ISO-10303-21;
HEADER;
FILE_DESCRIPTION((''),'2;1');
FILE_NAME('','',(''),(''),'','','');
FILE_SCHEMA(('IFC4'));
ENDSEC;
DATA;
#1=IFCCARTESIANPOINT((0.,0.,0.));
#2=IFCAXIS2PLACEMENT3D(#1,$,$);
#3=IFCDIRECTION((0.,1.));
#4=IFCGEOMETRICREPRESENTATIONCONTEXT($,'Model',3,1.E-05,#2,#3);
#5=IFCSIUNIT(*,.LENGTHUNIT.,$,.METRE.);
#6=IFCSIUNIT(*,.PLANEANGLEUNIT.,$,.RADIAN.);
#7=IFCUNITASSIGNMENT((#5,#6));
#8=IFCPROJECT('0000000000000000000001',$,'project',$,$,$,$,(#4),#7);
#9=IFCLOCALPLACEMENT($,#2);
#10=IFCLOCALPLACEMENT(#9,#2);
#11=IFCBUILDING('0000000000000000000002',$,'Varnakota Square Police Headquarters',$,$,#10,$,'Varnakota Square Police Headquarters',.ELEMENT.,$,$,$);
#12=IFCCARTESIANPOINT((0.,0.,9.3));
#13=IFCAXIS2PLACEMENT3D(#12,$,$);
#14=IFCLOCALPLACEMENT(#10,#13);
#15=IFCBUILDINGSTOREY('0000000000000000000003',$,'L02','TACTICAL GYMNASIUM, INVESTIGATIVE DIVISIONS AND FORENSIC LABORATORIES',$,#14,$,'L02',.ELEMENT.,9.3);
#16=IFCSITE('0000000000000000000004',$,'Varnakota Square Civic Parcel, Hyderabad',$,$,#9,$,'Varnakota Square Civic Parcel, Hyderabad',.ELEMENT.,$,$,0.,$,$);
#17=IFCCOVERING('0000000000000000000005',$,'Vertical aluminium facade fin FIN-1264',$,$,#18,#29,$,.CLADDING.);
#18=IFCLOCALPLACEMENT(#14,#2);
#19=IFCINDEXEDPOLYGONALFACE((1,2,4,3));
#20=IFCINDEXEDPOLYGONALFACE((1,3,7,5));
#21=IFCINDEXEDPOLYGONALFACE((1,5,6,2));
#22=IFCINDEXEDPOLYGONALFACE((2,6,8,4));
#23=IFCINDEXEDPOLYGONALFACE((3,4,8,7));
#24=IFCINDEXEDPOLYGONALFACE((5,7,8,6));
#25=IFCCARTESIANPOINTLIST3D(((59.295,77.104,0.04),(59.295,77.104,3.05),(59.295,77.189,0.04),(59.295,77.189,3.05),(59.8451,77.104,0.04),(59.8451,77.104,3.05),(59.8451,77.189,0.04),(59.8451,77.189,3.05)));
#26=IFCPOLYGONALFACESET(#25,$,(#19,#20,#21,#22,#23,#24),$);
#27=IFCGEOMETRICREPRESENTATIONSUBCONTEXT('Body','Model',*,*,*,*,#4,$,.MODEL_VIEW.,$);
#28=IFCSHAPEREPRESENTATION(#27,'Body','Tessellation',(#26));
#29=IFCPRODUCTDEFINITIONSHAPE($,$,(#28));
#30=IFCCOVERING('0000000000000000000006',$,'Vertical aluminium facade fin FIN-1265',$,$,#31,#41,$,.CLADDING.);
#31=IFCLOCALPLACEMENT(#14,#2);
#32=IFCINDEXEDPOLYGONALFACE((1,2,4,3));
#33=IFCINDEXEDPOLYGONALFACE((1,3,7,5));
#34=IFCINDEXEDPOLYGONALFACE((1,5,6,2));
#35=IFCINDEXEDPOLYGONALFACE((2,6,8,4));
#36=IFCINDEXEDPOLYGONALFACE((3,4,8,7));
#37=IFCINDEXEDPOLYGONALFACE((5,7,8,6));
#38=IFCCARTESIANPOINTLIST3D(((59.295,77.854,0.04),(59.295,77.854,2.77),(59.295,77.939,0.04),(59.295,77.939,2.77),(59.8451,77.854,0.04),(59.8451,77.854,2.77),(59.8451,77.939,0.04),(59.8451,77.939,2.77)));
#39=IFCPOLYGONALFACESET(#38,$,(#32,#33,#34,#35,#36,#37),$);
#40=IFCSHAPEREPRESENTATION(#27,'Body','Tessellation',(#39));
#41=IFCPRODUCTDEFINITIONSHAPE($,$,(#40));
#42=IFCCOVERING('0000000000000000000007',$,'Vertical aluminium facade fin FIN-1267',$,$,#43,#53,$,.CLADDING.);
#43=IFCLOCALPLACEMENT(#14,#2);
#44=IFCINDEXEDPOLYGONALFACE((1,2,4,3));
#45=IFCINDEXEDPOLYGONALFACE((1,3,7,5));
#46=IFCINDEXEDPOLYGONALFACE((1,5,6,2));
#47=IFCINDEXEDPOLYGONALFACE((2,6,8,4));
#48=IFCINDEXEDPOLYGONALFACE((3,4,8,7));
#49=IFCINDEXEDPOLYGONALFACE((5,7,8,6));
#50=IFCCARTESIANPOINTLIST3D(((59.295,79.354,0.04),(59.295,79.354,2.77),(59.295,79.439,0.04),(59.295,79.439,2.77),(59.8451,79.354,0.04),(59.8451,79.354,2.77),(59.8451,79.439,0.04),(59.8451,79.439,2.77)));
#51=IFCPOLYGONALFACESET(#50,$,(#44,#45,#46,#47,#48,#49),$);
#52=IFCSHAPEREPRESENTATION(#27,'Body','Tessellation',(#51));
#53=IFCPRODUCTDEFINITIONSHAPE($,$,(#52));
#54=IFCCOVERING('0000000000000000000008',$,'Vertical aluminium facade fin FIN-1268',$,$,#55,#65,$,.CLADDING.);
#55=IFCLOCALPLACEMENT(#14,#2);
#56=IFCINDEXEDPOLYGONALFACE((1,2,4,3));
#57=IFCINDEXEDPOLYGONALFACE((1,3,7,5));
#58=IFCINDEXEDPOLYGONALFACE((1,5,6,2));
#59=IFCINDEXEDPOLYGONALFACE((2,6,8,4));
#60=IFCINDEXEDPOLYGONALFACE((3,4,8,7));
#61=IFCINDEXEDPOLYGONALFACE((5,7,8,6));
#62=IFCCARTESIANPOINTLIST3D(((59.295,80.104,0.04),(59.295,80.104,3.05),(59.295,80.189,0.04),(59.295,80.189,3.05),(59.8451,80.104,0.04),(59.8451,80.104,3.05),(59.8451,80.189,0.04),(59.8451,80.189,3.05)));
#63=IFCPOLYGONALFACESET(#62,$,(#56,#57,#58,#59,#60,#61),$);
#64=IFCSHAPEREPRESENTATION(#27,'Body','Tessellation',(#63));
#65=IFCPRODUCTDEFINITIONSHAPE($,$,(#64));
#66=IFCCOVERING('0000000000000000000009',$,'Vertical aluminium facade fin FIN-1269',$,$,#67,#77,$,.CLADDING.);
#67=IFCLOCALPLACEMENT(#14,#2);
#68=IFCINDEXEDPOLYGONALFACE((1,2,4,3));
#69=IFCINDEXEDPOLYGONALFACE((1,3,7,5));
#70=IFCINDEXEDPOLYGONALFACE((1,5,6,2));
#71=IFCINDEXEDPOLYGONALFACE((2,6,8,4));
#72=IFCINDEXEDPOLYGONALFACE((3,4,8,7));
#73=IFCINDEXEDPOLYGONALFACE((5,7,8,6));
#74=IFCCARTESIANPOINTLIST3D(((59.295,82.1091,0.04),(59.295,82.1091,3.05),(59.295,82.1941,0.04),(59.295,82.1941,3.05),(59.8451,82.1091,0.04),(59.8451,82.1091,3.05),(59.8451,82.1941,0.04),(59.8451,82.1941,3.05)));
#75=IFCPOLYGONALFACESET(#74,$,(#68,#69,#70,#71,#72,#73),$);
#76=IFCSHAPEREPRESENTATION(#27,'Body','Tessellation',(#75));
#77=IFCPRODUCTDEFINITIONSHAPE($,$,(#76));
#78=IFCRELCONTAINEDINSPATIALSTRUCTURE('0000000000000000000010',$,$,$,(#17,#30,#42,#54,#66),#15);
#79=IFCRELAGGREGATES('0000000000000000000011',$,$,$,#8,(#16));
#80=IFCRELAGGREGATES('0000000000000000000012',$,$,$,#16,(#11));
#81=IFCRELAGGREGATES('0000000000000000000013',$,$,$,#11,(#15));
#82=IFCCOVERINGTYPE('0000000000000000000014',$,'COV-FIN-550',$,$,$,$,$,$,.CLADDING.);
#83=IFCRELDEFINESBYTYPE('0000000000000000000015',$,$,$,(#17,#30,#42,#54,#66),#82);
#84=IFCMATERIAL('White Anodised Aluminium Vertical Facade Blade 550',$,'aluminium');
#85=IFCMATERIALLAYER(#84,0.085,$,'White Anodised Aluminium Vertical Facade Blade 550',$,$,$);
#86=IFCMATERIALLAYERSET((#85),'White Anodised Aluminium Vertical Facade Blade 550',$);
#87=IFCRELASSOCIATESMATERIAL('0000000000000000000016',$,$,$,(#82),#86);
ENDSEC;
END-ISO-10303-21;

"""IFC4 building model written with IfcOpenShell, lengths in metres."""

from ifc_helpers import new_model, si_unit, direction, frame, origin, origin_2d, place, context, subcontext, project, spatial, rectangle, extrude, material, layer, layer_set, type_object, element, save


model = new_model("IFC4")

# Units and contexts
model_context = context("Model", 3, precision=1e-05, world=origin(), true_north=direction((0.0, 1.0)))
body_context = subcontext(model_context, "Body", "Model", "MODEL_VIEW")
ifc_project = project(units=[si_unit("LENGTHUNIT", "METRE"), si_unit("PLANEANGLEUNIT", "RADIAN")], contexts=[model_context])

# Site, building, storey
site_placement = place(None, origin())
site = spatial("IfcSite", under=ifc_project, at=site_placement, Name="Varnakota Square Civic Parcel, Hyderabad", LongName="Varnakota Square Civic Parcel, Hyderabad", CompositionType="ELEMENT", RefElevation=0.0)
building_placement = place(site_placement, origin())
building = spatial("IfcBuilding", under=site, at=building_placement, Name="Varnakota Square Police Headquarters", LongName="Varnakota Square Police Headquarters", CompositionType="ELEMENT")
storey_placement = place(building_placement, frame((0.0, 0.0, 9.3)))
storey = spatial("IfcBuildingStorey", under=building, at=storey_placement, Name="L02", Description="TACTICAL GYMNASIUM, INVESTIGATIVE DIVISIONS AND FORENSIC LABORATORIES", LongName="L02", CompositionType="ELEMENT", Elevation=9.3)

# Coverings
ifc_material_1 = material(Name="White Anodised Aluminium Vertical Facade Blade 550", Category="aluminium")
ifc_layer_1 = layer(ifc_material_1, 0.085, Name="White Anodised Aluminium Vertical Facade Blade 550")
ifc_layer_set_1 = layer_set([ifc_layer_1], Name="White Anodised Aluminium Vertical Facade Blade 550")
covering_type_1 = type_object("IfcCoveringType", Name="COV-FIN-550", PredefinedType="CLADDING", material=ifc_layer_set_1)
for number, where, z_axis, x_axis, name in (
    (1, (59.5701, 77.1465, 0.04), (0.0, 0.0, 1.0), (0.0, 1.0, 0.0), "Vertical aluminium facade fin FIN-1264"),
):
    element("IfcCovering", number, at=place(storey_placement, frame(where, z_axis=z_axis, x_axis=x_axis)), inside=storey, type_object=covering_type_1, Name=name, PredefinedType="CLADDING", context=body_context, shape_type="SweptSolid", body=[
        extrude(rectangle(XDim=0.085, YDim=0.55, at=origin_2d()), origin(), (0.0, 0.0, 1.0), 3.01),
    ])
for number, where, z_axis, x_axis, name in (
    (2, (59.5701, 77.8965, 0.04), (0.0, 0.0, 1.0), (0.0, 1.0, 0.0), "Vertical aluminium facade fin FIN-1265"),
    (3, (59.5701, 79.3965, 0.04), (0.0, 0.0, 1.0), (0.0, 1.0, 0.0), "Vertical aluminium facade fin FIN-1267"),
):
    element("IfcCovering", number, at=place(storey_placement, frame(where, z_axis=z_axis, x_axis=x_axis)), inside=storey, type_object=covering_type_1, Name=name, PredefinedType="CLADDING", context=body_context, shape_type="SweptSolid", body=[
        extrude(rectangle(XDim=0.085, YDim=0.55, at=origin_2d()), origin(), (0.0, 0.0, 1.0), 2.73),
    ])
for number, where, z_axis, x_axis, name in (
    (4, (59.5701, 80.1465, 0.04), (0.0, 0.0, 1.0), (0.0, 1.0, 0.0), "Vertical aluminium facade fin FIN-1268"),
    (5, (59.5701, 82.1516, 0.04), (0.0, 0.0, 1.0), (0.0, 1.0, 0.0), "Vertical aluminium facade fin FIN-1269"),
):
    element("IfcCovering", number, at=place(storey_placement, frame(where, z_axis=z_axis, x_axis=x_axis)), inside=storey, type_object=covering_type_1, Name=name, PredefinedType="CLADDING", context=body_context, shape_type="SweptSolid", body=[
        extrude(rectangle(XDim=0.085, YDim=0.55, at=origin_2d()), origin(), (0.0, 0.0, 1.0), 3.01),
    ])

save(model, "model.ifc")
